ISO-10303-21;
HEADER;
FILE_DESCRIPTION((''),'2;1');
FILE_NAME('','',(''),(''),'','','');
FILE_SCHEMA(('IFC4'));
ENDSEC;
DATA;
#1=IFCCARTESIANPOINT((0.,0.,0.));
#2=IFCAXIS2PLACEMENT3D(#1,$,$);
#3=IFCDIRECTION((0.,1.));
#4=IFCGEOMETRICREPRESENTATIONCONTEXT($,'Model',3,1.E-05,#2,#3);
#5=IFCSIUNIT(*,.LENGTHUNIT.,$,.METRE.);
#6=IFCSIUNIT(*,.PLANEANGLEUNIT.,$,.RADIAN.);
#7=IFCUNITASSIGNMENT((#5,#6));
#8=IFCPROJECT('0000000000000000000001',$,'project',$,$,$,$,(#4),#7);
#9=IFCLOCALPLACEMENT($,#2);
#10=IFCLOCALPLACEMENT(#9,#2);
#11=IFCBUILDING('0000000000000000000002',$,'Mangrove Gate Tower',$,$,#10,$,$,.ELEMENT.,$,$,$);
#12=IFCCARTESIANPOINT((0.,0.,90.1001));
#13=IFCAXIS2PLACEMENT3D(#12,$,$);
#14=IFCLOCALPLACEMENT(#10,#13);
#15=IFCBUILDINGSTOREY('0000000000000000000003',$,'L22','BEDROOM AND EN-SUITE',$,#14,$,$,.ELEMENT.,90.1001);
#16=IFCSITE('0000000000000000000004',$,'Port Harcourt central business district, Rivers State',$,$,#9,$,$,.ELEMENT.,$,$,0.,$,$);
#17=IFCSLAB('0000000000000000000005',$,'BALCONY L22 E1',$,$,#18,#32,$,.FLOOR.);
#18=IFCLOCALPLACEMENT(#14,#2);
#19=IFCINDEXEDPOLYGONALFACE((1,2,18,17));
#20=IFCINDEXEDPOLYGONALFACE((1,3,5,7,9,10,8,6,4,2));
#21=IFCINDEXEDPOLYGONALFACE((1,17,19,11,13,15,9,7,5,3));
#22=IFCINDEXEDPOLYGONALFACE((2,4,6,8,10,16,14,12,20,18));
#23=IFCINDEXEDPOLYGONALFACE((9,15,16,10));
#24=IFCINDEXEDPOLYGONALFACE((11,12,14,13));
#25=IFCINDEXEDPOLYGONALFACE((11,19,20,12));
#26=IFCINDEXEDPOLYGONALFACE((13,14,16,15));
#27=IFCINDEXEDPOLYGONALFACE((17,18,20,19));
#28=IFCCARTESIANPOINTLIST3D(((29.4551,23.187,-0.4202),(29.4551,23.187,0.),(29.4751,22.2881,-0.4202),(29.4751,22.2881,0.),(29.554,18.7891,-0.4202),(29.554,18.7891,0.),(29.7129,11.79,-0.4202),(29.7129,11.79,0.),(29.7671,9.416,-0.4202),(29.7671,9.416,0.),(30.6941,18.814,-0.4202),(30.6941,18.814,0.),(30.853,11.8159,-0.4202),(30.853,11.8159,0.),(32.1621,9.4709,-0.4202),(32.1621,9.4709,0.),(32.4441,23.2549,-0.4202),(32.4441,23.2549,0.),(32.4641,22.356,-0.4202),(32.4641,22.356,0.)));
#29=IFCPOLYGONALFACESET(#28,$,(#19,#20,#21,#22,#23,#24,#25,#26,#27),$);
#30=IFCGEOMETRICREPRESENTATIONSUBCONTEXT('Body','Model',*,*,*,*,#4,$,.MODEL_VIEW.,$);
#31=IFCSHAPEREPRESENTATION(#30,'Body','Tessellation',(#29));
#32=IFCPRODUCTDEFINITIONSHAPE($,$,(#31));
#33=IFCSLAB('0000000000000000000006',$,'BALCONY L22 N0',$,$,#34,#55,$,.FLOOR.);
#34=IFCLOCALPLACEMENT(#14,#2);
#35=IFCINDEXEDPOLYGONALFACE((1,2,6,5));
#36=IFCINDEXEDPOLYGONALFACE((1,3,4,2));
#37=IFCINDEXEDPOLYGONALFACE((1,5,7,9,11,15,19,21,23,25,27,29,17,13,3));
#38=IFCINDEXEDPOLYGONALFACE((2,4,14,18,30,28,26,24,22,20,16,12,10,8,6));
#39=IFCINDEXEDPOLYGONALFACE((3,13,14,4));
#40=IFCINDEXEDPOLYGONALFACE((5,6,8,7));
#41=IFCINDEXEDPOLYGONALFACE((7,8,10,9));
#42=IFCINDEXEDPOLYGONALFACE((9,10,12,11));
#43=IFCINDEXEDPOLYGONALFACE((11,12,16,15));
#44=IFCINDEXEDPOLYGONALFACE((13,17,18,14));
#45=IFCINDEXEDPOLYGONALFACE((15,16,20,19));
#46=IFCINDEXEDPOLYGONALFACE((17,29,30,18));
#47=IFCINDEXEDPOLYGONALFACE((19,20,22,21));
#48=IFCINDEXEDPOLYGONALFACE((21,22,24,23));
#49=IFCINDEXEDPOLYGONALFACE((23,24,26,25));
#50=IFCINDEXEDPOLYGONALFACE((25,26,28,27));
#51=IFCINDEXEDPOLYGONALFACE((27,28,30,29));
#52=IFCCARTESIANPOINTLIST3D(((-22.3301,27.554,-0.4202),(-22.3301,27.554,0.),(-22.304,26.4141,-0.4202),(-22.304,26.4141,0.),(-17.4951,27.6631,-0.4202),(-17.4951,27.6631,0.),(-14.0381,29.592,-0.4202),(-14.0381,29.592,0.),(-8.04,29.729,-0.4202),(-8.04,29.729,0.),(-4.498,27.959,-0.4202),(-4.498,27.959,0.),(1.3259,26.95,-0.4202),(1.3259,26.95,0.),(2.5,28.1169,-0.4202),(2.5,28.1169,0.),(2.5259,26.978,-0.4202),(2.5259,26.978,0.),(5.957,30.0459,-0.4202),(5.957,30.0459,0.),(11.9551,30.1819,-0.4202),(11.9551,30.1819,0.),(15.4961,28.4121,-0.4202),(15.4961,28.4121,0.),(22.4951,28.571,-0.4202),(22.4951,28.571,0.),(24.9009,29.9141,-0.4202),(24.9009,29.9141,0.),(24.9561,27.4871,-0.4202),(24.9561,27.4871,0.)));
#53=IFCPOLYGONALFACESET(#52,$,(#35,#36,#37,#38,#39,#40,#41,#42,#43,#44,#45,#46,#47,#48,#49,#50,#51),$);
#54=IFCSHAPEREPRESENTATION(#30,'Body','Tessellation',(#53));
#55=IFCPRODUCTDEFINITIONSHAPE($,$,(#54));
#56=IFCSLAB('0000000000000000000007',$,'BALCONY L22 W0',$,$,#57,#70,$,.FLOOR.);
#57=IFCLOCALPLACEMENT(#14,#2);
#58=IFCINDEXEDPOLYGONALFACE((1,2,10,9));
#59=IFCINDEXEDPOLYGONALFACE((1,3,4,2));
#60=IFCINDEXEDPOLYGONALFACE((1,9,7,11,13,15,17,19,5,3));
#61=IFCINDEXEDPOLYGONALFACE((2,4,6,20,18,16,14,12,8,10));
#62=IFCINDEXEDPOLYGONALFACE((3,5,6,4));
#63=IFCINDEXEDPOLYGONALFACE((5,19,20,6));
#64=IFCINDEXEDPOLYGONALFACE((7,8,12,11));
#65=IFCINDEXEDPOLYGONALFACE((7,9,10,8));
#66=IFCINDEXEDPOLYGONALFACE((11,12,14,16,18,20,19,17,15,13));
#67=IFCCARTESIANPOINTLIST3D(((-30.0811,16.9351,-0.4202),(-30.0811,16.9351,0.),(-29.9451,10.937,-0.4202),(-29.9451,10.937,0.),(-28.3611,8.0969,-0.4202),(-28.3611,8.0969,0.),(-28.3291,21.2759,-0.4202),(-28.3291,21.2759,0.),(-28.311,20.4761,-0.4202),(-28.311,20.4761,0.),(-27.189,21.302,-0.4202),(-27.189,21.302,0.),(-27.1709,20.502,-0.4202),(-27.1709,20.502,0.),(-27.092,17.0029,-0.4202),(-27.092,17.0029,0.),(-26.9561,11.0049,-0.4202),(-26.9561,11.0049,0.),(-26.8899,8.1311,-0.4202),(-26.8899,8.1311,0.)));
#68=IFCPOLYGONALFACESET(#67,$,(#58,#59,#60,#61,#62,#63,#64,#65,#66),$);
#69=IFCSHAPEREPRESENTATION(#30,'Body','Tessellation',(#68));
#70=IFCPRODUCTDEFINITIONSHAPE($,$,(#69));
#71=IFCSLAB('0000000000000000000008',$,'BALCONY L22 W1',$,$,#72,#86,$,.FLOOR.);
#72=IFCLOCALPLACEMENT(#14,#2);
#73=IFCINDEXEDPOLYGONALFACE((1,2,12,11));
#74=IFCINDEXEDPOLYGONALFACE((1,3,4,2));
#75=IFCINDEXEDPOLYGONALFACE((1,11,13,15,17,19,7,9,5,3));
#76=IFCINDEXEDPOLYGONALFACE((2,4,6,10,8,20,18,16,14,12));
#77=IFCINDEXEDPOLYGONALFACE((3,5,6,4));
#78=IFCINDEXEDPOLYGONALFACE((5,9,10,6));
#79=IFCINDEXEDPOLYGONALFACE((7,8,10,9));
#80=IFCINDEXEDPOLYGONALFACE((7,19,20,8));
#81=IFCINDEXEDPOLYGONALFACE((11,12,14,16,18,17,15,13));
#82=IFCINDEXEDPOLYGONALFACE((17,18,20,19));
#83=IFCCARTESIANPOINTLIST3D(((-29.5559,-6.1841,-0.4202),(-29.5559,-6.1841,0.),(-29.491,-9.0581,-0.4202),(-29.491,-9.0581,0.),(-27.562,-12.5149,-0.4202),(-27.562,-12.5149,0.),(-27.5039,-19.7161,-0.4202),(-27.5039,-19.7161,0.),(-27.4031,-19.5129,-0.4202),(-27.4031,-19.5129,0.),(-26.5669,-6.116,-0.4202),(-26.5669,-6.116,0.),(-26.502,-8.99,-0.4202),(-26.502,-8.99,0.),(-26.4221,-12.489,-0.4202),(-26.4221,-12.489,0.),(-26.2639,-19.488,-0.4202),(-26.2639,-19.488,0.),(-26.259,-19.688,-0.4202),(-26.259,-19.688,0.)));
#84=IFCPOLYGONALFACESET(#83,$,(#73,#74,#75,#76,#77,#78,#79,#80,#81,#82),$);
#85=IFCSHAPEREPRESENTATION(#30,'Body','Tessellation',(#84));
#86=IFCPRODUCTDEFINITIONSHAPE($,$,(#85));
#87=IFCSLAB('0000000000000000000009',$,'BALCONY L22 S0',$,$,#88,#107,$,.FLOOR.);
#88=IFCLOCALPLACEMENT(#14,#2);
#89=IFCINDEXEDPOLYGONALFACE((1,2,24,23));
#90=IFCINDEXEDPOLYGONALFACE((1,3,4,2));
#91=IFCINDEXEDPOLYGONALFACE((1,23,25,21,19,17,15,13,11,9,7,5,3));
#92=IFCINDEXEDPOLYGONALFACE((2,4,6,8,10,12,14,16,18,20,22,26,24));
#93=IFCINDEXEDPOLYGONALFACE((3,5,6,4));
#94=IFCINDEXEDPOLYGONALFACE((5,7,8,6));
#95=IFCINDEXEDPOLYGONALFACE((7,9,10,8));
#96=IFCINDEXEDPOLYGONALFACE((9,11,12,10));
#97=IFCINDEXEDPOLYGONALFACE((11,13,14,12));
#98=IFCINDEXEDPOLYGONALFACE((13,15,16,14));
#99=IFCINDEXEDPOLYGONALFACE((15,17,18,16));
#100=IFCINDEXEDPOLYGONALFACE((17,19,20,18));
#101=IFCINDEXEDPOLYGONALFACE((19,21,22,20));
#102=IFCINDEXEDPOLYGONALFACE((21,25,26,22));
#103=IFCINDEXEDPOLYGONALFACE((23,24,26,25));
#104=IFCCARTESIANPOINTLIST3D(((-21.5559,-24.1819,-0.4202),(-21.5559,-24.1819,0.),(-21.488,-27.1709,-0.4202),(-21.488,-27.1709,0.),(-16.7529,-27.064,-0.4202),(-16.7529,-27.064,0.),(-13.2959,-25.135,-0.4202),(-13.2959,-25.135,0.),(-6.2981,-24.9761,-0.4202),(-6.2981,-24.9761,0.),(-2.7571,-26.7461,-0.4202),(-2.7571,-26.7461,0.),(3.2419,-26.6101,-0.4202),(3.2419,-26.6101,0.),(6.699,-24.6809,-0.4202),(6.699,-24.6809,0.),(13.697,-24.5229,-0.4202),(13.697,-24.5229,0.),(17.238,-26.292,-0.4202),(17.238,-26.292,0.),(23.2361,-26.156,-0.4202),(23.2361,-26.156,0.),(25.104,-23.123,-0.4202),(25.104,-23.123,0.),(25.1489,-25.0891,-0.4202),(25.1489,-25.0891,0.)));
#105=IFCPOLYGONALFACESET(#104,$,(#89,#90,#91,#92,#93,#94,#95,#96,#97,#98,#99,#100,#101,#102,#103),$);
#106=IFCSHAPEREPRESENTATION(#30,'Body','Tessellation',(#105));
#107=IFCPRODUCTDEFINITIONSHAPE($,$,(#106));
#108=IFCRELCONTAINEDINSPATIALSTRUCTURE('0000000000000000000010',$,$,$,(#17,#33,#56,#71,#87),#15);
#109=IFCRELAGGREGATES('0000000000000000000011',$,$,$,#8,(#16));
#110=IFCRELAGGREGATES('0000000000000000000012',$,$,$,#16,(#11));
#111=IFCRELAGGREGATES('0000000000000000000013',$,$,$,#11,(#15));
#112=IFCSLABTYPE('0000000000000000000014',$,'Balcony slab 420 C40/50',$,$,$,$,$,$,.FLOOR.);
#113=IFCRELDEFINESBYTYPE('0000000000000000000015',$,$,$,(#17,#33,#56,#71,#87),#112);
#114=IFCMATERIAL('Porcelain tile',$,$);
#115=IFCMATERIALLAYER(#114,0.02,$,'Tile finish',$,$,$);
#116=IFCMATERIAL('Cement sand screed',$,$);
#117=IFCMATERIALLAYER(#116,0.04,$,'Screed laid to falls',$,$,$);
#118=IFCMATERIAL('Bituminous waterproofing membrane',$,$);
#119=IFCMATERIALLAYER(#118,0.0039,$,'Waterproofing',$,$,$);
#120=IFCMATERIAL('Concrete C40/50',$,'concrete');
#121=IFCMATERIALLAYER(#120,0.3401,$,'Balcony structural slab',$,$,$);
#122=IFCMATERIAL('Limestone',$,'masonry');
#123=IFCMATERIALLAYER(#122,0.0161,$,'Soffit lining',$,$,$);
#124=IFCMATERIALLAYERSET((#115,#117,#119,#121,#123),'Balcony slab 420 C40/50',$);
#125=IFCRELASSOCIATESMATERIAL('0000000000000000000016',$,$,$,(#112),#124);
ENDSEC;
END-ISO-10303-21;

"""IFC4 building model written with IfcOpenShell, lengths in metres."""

from ifc_helpers import new_model, si_unit, direction, frame, origin, place, context, subcontext, project, spatial, polyline, outline, extrude, material, layer, layer_set, type_object, element, save


model = new_model("IFC4")

# Units and contexts
model_context = context("Model", 3, precision=1e-05, world=origin(), true_north=direction((0.0, 1.0)))
body_context = subcontext(model_context, "Body", "Model", "MODEL_VIEW")
ifc_project = project(units=[si_unit("LENGTHUNIT", "METRE"), si_unit("PLANEANGLEUNIT", "RADIAN")], contexts=[model_context])

# Site, building, storey
site_placement = place(None, origin())
site = spatial("IfcSite", under=ifc_project, at=site_placement, Name="Port Harcourt central business district, Rivers State", CompositionType="ELEMENT", RefElevation=0.0)
building_placement = place(site_placement, origin())
building = spatial("IfcBuilding", under=site, at=building_placement, Name="Mangrove Gate Tower", CompositionType="ELEMENT")
storey_placement = place(building_placement, frame((0.0, 0.0, 90.1001)))
storey = spatial("IfcBuildingStorey", under=building, at=storey_placement, Name="L22", Description="BEDROOM AND EN-SUITE", CompositionType="ELEMENT", Elevation=90.1001)

# Slabs
ifc_material_1 = material(Name="Porcelain tile")
ifc_layer_1 = layer(ifc_material_1, 0.02, Name="Tile finish")
ifc_material_2 = material(Name="Cement sand screed")
ifc_layer_2 = layer(ifc_material_2, 0.04, Name="Screed laid to falls")
ifc_material_3 = material(Name="Bituminous waterproofing membrane")
ifc_layer_3 = layer(ifc_material_3, 0.0039, Name="Waterproofing")
ifc_material_4 = material(Name="Concrete C40/50", Category="concrete")
ifc_layer_4 = layer(ifc_material_4, 0.3401, Name="Balcony structural slab")
ifc_material_5 = material(Name="Limestone", Category="masonry")
ifc_layer_5 = layer(ifc_material_5, 0.0161, Name="Soffit lining")
ifc_layer_set_1 = layer_set([ifc_layer_1, ifc_layer_2, ifc_layer_3, ifc_layer_4, ifc_layer_5], Name="Balcony slab 420 C40/50")
slab_type_1 = type_object("IfcSlabType", Name="Balcony slab 420 C40/50", PredefinedType="FLOOR", material=ifc_layer_set_1)
slab_1_placement = place(storey_placement, frame((0.0, 0.0, -0.4202)))
element("IfcSlab", 1, at=slab_1_placement, inside=storey, type_object=slab_type_1, Name="BALCONY L22 E1", PredefinedType="FLOOR", context=body_context, shape_type="SweptSolid", body=[
    extrude(outline(polyline([(32.1621, 9.4709), (30.853, 11.8159), (30.6941, 18.814), (32.4641, 22.356), (32.4441, 23.2549), (29.4551, 23.187), (29.4751, 22.2881), (29.554, 18.7891), (29.7129, 11.79), (29.7671, 9.416), (32.1621, 9.4709)])), origin(), (0.0, 0.0, 1.0), 0.4202),
])
slab_2_placement = place(storey_placement, frame((0.0, 0.0, -0.4202)))
element("IfcSlab", 2, at=slab_2_placement, inside=storey, type_object=slab_type_1, Name="BALCONY L22 N0", PredefinedType="FLOOR", context=body_context, shape_type="SweptSolid", body=[
    extrude(outline(polyline([(24.9009, 29.9141), (22.4951, 28.571), (15.4961, 28.4121), (11.9551, 30.1819), (5.957, 30.0459), (2.5, 28.1169), (-4.498, 27.959), (-8.04, 29.729), (-14.0381, 29.592), (-17.4951, 27.6631), (-22.3301, 27.554), (-22.304, 26.4141), (1.3259, 26.95), (2.5259, 26.978), (24.9561, 27.4871), (24.9009, 29.9141)])), origin(), (0.0, 0.0, 1.0), 0.4202),
])
slab_3_placement = place(storey_placement, frame((0.0, 0.0, -0.4202)))
element("IfcSlab", 3, at=slab_3_placement, inside=storey, type_object=slab_type_1, Name="BALCONY L22 W0", PredefinedType="FLOOR", context=body_context, shape_type="SweptSolid", body=[
    extrude(outline(polyline([(-28.3291, 21.2759), (-28.311, 20.4761), (-30.0811, 16.9351), (-29.9451, 10.937), (-28.3611, 8.0969), (-26.8899, 8.1311), (-26.9561, 11.0049), (-27.092, 17.0029), (-27.1709, 20.502), (-27.189, 21.302), (-28.3291, 21.2759)])), origin(), (0.0, 0.0, 1.0), 0.4202),
])
slab_4_placement = place(storey_placement, frame((0.0, 0.0, -0.4202)))
element("IfcSlab", 4, at=slab_4_placement, inside=storey, type_object=slab_type_1, Name="BALCONY L22 W1", PredefinedType="FLOOR", context=body_context, shape_type="SweptSolid", body=[
    extrude(outline(polyline([(-29.5559, -6.1841), (-29.491, -9.0581), (-27.562, -12.5149), (-27.4031, -19.5129), (-27.5039, -19.7161), (-26.259, -19.688), (-26.2639, -19.488), (-26.4221, -12.489), (-26.502, -8.99), (-26.5669, -6.116), (-29.5559, -6.1841)])), origin(), (0.0, 0.0, 1.0), 0.4202),
])
slab_5_placement = place(storey_placement, frame((0.0, 0.0, -0.4202)))
element("IfcSlab", 5, at=slab_5_placement, inside=storey, type_object=slab_type_1, Name="BALCONY L22 S0", PredefinedType="FLOOR", context=body_context, shape_type="SweptSolid", body=[
    extrude(outline(polyline([(-21.488, -27.1709), (-16.7529, -27.064), (-13.2959, -25.135), (-6.2981, -24.9761), (-2.7571, -26.7461), (3.2419, -26.6101), (6.699, -24.6809), (13.697, -24.5229), (17.238, -26.292), (23.2361, -26.156), (25.1489, -25.0891), (25.104, -23.123), (-21.5559, -24.1819), (-21.488, -27.1709)])), origin(), (0.0, 0.0, 1.0), 0.4202),
])

save(model, "model.ifc")
